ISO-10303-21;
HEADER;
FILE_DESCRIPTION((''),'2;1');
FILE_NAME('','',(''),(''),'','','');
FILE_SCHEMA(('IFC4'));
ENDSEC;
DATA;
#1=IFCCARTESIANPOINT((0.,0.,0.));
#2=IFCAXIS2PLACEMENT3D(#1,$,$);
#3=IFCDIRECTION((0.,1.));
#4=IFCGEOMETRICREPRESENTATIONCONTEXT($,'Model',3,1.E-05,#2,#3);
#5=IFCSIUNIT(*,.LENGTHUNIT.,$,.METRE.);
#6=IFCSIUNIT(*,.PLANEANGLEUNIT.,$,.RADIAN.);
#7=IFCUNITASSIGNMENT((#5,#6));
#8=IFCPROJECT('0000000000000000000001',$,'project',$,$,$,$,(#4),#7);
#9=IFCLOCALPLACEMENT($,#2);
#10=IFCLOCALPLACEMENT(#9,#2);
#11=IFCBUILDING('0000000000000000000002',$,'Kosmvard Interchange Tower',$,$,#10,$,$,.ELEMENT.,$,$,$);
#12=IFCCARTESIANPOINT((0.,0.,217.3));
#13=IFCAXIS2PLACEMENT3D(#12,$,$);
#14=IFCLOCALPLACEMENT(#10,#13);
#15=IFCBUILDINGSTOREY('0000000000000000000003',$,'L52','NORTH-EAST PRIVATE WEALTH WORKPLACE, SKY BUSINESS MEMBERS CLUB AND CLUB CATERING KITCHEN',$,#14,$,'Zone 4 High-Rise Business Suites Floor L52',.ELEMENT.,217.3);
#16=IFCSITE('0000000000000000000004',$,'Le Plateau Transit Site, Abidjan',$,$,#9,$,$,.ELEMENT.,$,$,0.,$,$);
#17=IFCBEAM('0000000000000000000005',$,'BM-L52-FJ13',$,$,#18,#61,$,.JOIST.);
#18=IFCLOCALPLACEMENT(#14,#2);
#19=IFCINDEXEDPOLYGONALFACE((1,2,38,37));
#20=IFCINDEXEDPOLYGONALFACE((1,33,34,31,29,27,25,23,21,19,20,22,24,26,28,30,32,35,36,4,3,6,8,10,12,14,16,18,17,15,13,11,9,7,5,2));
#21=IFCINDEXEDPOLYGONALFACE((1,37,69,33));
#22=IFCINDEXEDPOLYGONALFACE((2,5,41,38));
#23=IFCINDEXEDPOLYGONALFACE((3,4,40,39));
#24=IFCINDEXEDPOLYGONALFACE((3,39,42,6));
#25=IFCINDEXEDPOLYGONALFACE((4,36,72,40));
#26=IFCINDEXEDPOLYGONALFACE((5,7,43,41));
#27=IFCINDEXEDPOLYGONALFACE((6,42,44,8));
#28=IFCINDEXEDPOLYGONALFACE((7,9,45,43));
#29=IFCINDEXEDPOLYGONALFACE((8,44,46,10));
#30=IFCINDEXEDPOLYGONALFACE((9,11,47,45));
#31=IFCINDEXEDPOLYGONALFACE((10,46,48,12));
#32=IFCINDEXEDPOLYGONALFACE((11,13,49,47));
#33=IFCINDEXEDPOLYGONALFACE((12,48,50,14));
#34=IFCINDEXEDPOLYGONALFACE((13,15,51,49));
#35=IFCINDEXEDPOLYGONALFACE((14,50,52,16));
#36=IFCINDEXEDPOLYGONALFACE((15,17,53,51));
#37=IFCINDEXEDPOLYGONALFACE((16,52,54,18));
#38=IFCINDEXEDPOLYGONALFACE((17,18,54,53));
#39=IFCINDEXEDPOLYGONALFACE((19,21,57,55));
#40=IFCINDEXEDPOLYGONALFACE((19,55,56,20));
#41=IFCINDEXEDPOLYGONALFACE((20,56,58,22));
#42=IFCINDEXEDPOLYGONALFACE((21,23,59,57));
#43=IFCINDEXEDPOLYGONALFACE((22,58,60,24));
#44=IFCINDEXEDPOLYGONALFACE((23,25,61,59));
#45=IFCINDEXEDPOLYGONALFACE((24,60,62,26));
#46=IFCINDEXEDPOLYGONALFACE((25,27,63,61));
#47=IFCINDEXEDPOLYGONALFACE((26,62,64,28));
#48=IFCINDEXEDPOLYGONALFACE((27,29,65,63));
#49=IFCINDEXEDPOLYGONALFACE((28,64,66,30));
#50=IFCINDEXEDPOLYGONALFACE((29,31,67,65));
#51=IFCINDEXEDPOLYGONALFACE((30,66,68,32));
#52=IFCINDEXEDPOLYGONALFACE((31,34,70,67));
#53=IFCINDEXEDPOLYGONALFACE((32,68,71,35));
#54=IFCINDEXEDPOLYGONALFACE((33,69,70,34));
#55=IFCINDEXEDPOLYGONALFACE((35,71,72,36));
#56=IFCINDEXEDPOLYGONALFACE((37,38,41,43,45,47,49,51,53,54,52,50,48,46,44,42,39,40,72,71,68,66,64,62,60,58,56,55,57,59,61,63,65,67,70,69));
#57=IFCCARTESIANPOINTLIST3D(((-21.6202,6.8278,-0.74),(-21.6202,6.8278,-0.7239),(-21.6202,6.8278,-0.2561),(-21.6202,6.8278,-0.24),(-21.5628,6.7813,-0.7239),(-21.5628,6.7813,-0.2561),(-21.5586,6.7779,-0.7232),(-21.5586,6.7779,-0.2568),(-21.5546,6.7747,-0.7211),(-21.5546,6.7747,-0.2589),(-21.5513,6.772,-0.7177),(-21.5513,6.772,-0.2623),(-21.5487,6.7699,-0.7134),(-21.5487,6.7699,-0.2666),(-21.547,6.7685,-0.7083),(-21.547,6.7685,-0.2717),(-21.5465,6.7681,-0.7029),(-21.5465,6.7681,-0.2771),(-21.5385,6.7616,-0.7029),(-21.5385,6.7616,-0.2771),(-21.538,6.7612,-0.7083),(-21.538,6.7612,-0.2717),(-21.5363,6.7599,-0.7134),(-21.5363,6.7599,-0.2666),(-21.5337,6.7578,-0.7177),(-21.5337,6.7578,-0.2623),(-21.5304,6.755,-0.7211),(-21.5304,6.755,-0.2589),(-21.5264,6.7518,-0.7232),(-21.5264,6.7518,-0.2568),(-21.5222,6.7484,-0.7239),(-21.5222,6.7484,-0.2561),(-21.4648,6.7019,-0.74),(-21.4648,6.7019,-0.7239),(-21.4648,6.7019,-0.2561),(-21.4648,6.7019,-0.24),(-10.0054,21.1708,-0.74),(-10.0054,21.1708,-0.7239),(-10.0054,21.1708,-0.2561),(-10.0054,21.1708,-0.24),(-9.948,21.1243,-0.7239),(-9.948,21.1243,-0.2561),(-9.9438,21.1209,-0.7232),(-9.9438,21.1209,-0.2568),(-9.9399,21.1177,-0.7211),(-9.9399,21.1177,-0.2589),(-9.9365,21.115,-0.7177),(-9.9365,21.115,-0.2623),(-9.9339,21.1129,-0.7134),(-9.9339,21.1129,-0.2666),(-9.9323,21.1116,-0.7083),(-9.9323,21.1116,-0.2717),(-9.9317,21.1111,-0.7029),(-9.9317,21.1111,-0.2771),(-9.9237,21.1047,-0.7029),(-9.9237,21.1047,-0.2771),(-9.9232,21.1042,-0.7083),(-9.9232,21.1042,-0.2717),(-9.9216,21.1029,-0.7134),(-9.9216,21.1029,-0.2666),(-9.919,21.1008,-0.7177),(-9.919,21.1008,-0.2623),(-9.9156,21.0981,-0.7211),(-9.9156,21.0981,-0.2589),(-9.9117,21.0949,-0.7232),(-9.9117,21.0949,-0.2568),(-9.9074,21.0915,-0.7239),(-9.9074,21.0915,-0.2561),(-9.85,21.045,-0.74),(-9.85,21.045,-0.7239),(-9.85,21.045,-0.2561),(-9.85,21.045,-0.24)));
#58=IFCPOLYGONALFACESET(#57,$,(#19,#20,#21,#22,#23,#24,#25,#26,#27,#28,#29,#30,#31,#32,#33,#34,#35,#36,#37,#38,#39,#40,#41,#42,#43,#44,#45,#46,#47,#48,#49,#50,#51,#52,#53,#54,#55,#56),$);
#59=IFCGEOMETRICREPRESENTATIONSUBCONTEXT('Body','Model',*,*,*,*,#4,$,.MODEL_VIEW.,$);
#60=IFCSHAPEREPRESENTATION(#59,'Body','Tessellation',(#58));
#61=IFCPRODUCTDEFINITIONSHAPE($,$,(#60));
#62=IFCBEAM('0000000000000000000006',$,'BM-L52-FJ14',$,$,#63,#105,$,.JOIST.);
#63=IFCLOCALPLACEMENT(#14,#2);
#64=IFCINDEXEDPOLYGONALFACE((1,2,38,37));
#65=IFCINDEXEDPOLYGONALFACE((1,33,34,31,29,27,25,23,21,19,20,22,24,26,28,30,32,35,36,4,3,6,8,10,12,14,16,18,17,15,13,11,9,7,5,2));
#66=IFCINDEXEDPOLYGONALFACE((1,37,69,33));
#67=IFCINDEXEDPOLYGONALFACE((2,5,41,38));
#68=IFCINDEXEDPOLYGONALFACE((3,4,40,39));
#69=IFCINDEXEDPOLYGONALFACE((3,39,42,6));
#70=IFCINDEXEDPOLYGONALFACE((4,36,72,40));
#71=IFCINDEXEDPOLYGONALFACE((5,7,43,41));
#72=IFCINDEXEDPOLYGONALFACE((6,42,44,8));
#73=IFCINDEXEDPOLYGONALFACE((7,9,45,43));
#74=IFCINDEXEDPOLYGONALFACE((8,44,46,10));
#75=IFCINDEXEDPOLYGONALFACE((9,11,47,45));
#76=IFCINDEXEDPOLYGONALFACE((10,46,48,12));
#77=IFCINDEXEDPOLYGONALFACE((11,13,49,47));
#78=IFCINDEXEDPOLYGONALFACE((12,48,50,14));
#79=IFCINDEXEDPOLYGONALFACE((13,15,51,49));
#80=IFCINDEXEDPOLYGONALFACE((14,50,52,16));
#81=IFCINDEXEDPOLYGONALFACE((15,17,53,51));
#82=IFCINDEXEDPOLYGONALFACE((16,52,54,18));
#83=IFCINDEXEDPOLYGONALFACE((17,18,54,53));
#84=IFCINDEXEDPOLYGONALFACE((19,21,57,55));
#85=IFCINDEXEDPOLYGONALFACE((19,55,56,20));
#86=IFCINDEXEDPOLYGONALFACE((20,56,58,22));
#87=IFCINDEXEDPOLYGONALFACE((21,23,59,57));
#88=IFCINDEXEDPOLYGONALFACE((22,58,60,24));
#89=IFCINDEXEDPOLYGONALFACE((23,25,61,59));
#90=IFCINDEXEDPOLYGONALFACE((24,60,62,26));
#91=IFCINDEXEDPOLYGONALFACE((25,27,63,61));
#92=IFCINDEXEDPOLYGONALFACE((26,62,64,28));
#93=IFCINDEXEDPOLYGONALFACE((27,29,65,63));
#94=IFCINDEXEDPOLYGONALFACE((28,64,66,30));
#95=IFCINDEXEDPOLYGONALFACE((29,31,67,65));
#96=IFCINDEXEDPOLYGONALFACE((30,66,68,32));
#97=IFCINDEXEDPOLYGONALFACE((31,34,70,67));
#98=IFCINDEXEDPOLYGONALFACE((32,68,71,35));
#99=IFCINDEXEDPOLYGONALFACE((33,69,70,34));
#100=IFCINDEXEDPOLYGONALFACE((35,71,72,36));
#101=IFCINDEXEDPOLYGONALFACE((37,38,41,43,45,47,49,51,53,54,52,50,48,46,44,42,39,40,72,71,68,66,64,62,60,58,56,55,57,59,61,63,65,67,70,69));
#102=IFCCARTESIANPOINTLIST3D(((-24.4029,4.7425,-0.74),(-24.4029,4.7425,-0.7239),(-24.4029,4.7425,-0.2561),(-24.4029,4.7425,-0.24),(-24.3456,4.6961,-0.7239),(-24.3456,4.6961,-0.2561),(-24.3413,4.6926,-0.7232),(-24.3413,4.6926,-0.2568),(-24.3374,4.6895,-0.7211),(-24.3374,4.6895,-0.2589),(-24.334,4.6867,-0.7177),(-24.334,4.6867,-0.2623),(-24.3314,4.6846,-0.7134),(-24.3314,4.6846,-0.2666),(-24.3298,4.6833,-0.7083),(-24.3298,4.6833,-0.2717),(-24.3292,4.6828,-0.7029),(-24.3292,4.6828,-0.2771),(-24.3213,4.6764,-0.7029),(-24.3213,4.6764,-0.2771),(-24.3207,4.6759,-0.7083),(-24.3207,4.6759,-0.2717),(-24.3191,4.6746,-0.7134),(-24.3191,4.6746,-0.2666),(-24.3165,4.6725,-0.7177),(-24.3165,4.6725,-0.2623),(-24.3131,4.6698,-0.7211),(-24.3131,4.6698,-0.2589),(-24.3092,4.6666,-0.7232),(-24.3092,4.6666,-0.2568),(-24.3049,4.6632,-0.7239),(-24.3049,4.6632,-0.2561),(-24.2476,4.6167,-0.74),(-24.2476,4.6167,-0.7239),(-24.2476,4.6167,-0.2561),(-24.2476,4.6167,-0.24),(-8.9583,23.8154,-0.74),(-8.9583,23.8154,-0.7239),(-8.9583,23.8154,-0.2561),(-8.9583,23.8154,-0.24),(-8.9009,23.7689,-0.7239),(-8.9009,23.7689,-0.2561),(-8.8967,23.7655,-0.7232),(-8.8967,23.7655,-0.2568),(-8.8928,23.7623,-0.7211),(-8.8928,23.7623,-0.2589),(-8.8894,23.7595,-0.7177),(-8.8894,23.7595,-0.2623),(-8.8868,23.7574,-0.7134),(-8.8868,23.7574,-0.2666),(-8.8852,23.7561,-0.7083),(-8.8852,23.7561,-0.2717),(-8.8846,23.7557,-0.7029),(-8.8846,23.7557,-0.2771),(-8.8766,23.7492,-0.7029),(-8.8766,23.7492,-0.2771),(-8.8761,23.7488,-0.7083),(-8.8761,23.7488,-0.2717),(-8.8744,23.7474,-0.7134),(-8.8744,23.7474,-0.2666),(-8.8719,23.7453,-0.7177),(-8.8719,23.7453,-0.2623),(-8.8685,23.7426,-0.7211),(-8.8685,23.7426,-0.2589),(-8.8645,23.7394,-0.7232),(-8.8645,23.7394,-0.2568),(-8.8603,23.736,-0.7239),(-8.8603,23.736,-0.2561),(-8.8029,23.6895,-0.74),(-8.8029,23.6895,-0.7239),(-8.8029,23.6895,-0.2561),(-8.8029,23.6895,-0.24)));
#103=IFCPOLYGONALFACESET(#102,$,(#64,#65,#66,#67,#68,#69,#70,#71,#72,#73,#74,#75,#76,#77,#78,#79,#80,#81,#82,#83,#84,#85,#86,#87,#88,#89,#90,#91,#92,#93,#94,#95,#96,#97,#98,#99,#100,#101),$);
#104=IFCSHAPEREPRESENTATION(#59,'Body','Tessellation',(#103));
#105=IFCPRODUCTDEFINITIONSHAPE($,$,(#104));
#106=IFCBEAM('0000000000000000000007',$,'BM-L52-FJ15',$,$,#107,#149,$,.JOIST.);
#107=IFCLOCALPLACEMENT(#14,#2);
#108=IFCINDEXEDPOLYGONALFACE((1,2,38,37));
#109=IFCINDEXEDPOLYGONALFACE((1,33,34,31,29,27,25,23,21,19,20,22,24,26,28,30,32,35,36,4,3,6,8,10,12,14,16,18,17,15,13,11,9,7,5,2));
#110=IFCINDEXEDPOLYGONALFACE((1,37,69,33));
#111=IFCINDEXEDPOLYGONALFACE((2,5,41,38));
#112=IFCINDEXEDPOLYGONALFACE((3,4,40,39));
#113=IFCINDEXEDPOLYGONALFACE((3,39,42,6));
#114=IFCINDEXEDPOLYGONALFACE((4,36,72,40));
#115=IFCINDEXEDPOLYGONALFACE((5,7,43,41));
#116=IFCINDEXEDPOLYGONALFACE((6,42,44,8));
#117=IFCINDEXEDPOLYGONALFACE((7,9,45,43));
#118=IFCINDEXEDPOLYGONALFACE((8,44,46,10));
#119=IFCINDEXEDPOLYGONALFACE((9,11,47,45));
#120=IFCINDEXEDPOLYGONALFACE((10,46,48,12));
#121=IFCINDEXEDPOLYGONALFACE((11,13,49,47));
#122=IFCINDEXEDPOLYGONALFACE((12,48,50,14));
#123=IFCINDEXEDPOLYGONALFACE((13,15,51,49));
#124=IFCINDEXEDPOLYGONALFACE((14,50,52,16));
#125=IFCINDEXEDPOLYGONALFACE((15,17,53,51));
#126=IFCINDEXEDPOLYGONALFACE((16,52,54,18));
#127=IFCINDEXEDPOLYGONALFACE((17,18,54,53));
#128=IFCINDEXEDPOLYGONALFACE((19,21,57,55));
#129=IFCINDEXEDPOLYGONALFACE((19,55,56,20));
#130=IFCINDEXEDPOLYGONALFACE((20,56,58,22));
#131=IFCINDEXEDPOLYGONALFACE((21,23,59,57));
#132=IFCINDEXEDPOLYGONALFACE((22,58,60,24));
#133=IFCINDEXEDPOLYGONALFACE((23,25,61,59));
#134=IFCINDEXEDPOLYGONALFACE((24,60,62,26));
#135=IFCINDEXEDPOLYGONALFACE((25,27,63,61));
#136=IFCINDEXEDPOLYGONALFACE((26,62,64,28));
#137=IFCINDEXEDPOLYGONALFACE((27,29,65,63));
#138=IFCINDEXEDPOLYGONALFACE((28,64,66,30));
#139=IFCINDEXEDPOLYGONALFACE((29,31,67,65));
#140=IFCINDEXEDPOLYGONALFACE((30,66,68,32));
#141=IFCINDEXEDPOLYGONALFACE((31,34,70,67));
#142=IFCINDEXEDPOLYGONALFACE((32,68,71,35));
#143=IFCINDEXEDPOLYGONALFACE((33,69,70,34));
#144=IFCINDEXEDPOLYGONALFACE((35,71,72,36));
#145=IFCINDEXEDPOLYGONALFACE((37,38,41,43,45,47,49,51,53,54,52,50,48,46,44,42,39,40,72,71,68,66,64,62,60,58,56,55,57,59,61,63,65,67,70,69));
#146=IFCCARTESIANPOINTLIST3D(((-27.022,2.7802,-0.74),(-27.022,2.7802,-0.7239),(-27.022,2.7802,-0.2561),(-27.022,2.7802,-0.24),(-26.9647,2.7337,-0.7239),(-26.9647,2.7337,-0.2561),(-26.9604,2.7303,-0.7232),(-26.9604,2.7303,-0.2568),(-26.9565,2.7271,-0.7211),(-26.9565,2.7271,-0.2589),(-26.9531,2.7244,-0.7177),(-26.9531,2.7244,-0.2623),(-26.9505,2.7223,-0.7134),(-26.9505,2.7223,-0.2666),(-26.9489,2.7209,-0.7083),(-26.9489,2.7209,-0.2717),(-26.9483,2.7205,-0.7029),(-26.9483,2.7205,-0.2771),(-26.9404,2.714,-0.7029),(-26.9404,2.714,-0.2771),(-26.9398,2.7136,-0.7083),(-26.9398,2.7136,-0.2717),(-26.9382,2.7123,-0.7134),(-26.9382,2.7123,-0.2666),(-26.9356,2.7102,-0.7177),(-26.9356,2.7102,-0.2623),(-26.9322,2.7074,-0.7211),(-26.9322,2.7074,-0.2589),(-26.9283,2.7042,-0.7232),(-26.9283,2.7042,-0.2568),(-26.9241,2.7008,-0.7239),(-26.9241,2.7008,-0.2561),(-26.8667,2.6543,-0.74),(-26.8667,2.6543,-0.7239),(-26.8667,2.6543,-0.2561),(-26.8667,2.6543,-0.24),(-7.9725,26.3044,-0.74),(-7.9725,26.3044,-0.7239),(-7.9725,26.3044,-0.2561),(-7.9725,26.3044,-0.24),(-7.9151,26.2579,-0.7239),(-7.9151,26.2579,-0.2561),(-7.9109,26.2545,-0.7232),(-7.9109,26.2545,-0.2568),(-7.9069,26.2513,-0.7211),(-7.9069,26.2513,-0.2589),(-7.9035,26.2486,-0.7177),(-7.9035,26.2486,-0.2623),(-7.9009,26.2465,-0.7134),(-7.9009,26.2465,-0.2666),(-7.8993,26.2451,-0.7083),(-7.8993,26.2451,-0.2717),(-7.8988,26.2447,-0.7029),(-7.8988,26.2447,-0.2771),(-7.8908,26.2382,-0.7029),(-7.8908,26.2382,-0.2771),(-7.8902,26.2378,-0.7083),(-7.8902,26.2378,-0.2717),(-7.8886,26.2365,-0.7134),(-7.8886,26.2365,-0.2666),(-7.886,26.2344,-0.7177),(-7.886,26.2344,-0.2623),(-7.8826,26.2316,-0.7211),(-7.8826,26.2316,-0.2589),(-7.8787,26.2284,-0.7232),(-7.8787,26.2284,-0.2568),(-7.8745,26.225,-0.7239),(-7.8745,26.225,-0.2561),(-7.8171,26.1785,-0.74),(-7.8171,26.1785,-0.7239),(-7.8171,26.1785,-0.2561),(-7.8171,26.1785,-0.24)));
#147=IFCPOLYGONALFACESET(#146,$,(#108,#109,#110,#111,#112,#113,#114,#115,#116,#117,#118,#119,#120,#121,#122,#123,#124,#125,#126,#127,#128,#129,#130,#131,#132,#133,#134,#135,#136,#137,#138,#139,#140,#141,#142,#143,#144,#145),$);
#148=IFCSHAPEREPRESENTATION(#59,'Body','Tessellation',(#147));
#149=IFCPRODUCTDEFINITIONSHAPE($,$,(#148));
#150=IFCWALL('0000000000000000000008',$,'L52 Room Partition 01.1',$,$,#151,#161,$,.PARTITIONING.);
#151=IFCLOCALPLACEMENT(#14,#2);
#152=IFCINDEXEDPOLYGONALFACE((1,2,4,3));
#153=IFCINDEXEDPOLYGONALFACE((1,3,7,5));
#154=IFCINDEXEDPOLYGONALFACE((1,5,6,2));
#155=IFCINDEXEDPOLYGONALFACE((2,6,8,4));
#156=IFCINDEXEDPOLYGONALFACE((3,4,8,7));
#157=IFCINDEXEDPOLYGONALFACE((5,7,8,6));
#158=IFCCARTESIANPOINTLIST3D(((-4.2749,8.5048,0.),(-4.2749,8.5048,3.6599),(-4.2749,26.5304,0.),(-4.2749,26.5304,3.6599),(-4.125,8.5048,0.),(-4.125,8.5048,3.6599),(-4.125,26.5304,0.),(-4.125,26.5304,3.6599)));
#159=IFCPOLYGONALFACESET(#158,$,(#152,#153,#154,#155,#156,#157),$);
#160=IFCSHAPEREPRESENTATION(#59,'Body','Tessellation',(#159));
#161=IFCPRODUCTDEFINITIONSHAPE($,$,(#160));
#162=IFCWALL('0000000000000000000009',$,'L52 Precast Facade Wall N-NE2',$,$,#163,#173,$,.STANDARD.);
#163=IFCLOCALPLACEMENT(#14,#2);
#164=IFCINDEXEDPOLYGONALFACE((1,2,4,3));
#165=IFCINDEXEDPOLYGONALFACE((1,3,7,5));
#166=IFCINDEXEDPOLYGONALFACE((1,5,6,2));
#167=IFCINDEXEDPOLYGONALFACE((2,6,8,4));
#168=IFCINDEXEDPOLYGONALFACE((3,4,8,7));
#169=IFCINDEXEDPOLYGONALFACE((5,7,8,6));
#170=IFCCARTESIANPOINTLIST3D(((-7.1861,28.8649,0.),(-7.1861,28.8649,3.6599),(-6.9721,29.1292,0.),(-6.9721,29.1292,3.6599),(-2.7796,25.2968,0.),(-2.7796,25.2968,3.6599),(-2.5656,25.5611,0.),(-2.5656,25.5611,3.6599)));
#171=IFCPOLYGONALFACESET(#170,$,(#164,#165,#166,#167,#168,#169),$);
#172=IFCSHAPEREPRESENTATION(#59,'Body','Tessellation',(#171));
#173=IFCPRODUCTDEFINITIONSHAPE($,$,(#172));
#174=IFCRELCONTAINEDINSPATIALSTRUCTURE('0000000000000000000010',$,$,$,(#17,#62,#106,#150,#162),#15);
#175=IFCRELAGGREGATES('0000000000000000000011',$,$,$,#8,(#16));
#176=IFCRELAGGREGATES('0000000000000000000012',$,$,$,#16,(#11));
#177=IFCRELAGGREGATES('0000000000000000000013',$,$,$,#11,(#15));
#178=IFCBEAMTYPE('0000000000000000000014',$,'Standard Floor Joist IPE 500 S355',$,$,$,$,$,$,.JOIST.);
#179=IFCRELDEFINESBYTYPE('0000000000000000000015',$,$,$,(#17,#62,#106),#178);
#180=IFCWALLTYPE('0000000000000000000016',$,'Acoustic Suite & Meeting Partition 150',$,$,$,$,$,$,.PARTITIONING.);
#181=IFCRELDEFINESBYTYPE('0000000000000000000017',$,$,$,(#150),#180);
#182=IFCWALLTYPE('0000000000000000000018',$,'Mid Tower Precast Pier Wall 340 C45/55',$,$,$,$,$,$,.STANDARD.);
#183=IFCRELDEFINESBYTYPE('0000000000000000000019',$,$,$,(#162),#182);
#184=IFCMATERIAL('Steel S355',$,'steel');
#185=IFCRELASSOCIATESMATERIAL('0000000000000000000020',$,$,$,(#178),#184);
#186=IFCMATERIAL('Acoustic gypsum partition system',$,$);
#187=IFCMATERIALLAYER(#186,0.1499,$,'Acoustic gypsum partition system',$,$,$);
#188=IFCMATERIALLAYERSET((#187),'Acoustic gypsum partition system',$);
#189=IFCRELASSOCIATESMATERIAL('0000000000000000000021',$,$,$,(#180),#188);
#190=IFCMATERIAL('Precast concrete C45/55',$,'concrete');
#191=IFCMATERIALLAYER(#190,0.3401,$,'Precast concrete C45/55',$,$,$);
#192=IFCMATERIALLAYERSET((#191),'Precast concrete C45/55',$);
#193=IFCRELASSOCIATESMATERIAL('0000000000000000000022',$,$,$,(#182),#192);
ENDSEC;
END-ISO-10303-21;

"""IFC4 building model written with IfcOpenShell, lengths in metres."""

from ifc_helpers import new_model, si_unit, direction, frame, frame_2d, origin, origin_2d, place, context, subcontext, project, spatial, rectangle, i_section, extrude, source, transform, mapped, material, layer, layer_set, material_profile, profile_set, type_object, element, save


model = new_model("IFC4")

# Units and contexts
model_context = context("Model", 3, precision=1e-05, world=origin(), true_north=direction((0.0, 1.0)))
body_context = subcontext(model_context, "Body", "Model", "MODEL_VIEW")
ifc_project = project(units=[si_unit("LENGTHUNIT", "METRE"), si_unit("PLANEANGLEUNIT", "RADIAN")], contexts=[model_context])

# Site, building, storey
site_placement = place(None, origin())
site = spatial("IfcSite", under=ifc_project, at=site_placement, Name="Le Plateau Transit Site, Abidjan", CompositionType="ELEMENT", RefElevation=0.0)
building_placement = place(site_placement, origin())
building = spatial("IfcBuilding", under=site, at=building_placement, Name="Kosmvard Interchange Tower", CompositionType="ELEMENT")
storey_placement = place(building_placement, frame((0.0, 0.0, 217.3)))
storey = spatial("IfcBuildingStorey", under=building, at=storey_placement, Name="L52", Description="NORTH-EAST PRIVATE WEALTH WORKPLACE, SKY BUSINESS MEMBERS CLUB AND CLUB CATERING KITCHEN", LongName="Zone 4 High-Rise Business Suites Floor L52", CompositionType="ELEMENT", Elevation=217.3)

# Beams
ifc_material_1 = material(Name="Steel S355", Category="steel")
ifc_material_profile_1 = material_profile(ifc_material_1, i_section(OverallWidth=0.2, OverallDepth=0.5, WebThickness=0.0103, FlangeThickness=0.0161, FilletRadius=0.021, at=origin_2d()), Name="IPE 500")
ifc_profile_set_1 = profile_set([ifc_material_profile_1], Name="Steel S355")
beam_type_1 = type_object("IfcBeamType", Name="Standard Floor Joist IPE 500 S355", PredefinedType="JOIST", material=ifc_profile_set_1)
shared_shape_1 = source(origin(), body_context, "Body", "SweptSolid", [
    extrude(i_section(OverallWidth=0.2, OverallDepth=0.5, WebThickness=0.0103, FlangeThickness=0.0161, FilletRadius=0.021, at=origin_2d()), origin(), (0.0, 0.0, 1.0), 18.4561),
])
beam_1_placement = place(storey_placement, frame((-9.9277, 21.1079, -0.49), z_axis=(-0.62932, -0.777146, 0.0), x_axis=(0.777146, -0.62932, 0.0)))
element("IfcBeam", 1, at=beam_1_placement, inside=storey, type_object=beam_type_1, Name="BM-L52-FJ13", PredefinedType="JOIST", context=body_context, shape_type="MappedRepresentation", body=[
    mapped(shared_shape_1, transform((0.0, 0.0, 0.0), scale=1.0)),
])
shared_shape_2 = source(origin(), body_context, "Body", "SweptSolid", [
    extrude(i_section(OverallWidth=0.2, OverallDepth=0.5, WebThickness=0.0103, FlangeThickness=0.0161, FilletRadius=0.021, at=origin_2d()), origin(), (0.0, 0.0, 1.0), 24.542),
])
beam_2_placement = place(storey_placement, frame((-8.8806, 23.7524, -0.49), z_axis=(-0.629315, -0.777151, 0.0), x_axis=(0.777151, -0.629315, 0.0)))
element("IfcBeam", 2, at=beam_2_placement, inside=storey, type_object=beam_type_1, Name="BM-L52-FJ14", PredefinedType="JOIST", context=body_context, shape_type="MappedRepresentation", body=[
    mapped(shared_shape_2, transform((0.0, 0.0, 0.0), scale=1.0)),
])
shared_shape_3 = source(origin(), body_context, "Body", "SweptSolid", [
    extrude(i_section(OverallWidth=0.2, OverallDepth=0.5, WebThickness=0.0103, FlangeThickness=0.0161, FilletRadius=0.021, at=origin_2d()), origin(), (0.0, 0.0, 1.0), 30.27),
])
beam_3_placement = place(storey_placement, frame((-7.8948, 26.2415, -0.49), z_axis=(-0.629322, -0.777145, 0.0), x_axis=(0.777145, -0.629322, 0.0)))
element("IfcBeam", 3, at=beam_3_placement, inside=storey, type_object=beam_type_1, Name="BM-L52-FJ15", PredefinedType="JOIST", context=body_context, shape_type="MappedRepresentation", body=[
    mapped(shared_shape_3, transform((0.0, 0.0, 0.0), scale=1.0)),
])

# Walls
ifc_material_2 = material(Name="Acoustic gypsum partition system")
ifc_layer_1 = layer(ifc_material_2, 0.1499, Name="Acoustic gypsum partition system")
ifc_layer_set_1 = layer_set([ifc_layer_1], Name="Acoustic gypsum partition system")
wall_type_1 = type_object("IfcWallType", Name="Acoustic Suite & Meeting Partition 150", PredefinedType="PARTITIONING", material=ifc_layer_set_1)
wall_1_placement = place(storey_placement, frame((-4.2, 8.5049, 0.0), z_axis=(0.0, 0.0, 1.0), x_axis=(0.0, 1.0, 0.0)))
element("IfcWall", 4, at=wall_1_placement, inside=storey, type_object=wall_type_1, Name="L52 Room Partition 01.1", PredefinedType="PARTITIONING", context=body_context, shape_type="SweptSolid", body=[
    extrude(rectangle(XDim=18.0256, YDim=0.1499, at=frame_2d((9.0127, 0.0))), origin(), (0.0, 0.0, 1.0), 3.6599),
])
ifc_material_3 = material(Name="Precast concrete C45/55", Category="concrete")
ifc_layer_2 = layer(ifc_material_3, 0.3401, Name="Precast concrete C45/55")
ifc_layer_set_2 = layer_set([ifc_layer_2], Name="Precast concrete C45/55")
wall_type_2 = type_object("IfcWallType", Name="Mid Tower Precast Pier Wall 340 C45/55", PredefinedType="STANDARD", material=ifc_layer_set_2)
wall_2_placement = place(storey_placement, frame((-2.6726, 25.429, 0.0), z_axis=(0.0, 0.0, 1.0), x_axis=(-0.777163, 0.6293, 0.0)))
element("IfcWall", 5, at=wall_2_placement, inside=storey, type_object=wall_type_2, Name="L52 Precast Facade Wall N-NE2", PredefinedType="STANDARD", context=body_context, shape_type="SweptSolid", body=[
    extrude(rectangle(XDim=5.6699, YDim=0.3401, at=frame_2d((2.835, 0.0))), origin(), (0.0, 0.0, 1.0), 3.6599),
])

save(model, "model.ifc")
